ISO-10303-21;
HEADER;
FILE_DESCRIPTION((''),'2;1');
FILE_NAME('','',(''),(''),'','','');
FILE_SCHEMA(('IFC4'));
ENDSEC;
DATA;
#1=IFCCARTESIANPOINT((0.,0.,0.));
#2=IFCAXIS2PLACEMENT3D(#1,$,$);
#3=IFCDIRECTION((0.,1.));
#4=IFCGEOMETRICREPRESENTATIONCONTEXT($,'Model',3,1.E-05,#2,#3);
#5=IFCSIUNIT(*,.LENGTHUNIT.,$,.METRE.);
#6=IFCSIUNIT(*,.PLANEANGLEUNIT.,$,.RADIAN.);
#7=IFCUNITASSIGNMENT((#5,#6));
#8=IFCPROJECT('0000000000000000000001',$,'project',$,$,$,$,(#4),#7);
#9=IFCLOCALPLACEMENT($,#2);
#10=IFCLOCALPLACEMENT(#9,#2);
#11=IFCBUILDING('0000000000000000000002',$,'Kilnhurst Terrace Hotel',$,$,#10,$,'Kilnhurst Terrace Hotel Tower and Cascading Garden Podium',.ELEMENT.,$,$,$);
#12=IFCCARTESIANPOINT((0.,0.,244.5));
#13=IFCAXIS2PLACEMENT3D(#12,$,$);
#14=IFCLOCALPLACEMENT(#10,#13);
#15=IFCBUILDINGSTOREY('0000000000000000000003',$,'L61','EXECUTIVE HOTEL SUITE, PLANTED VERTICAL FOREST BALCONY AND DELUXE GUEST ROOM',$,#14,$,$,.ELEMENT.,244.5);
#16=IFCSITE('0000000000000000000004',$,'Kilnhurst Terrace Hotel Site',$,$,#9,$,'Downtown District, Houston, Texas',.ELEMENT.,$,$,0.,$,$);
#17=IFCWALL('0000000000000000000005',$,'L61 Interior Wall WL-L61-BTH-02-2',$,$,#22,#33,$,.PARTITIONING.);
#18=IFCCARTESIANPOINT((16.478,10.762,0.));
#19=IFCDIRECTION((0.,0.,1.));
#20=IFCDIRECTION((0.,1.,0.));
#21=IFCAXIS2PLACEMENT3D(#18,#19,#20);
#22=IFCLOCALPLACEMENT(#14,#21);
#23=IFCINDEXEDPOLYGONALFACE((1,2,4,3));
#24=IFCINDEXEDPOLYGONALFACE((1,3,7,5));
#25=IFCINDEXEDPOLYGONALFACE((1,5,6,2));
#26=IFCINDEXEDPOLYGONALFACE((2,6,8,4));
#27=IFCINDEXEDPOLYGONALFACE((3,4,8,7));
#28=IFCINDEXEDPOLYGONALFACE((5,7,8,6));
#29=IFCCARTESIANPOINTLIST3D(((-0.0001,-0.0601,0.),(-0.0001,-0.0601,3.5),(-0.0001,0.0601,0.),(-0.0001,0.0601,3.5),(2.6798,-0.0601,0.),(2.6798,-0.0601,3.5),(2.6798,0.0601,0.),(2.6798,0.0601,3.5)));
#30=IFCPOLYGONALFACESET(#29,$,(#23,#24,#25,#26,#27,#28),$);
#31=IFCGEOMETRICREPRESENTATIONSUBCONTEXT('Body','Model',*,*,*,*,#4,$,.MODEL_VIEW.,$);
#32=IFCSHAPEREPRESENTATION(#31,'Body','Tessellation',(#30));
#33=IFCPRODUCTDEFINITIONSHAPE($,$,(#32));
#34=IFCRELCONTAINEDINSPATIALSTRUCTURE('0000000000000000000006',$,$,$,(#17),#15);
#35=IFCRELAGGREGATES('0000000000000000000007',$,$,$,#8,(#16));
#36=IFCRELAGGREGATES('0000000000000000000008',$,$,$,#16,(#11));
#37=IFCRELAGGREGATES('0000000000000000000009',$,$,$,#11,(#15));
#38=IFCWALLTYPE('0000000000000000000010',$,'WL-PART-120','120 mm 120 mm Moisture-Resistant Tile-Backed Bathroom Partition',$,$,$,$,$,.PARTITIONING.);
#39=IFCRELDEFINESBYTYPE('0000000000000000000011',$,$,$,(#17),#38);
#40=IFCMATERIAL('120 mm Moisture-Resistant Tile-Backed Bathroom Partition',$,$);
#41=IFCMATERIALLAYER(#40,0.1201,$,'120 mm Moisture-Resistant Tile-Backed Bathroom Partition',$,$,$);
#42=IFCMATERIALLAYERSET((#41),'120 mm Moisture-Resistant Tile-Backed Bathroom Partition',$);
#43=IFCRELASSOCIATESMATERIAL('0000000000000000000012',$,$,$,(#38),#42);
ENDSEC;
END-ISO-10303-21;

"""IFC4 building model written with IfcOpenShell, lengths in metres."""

from ifc_helpers import new_model, si_unit, direction, frame, frame_2d, origin, place, context, subcontext, project, spatial, rectangle, extrude, material, layer, layer_set, type_object, element, save


model = new_model("IFC4")

# Units and contexts
model_context = context("Model", 3, precision=1e-05, world=origin(), true_north=direction((0.0, 1.0)))
body_context = subcontext(model_context, "Body", "Model", "MODEL_VIEW")
ifc_project = project(units=[si_unit("LENGTHUNIT", "METRE"), si_unit("PLANEANGLEUNIT", "RADIAN")], contexts=[model_context])

# Site, building, storey
site_placement = place(None, origin())
site = spatial("IfcSite", under=ifc_project, at=site_placement, Name="Kilnhurst Terrace Hotel Site", LongName="Downtown District, Houston, Texas", CompositionType="ELEMENT", RefElevation=0.0)
building_placement = place(site_placement, origin())
building = spatial("IfcBuilding", under=site, at=building_placement, Name="Kilnhurst Terrace Hotel", LongName="Kilnhurst Terrace Hotel Tower and Cascading Garden Podium", CompositionType="ELEMENT")
storey_placement = place(building_placement, frame((0.0, 0.0, 244.5)))
storey = spatial("IfcBuildingStorey", under=building, at=storey_placement, Name="L61", Description="EXECUTIVE HOTEL SUITE, PLANTED VERTICAL FOREST BALCONY AND DELUXE GUEST ROOM", CompositionType="ELEMENT", Elevation=244.5)

# Shared definitions
ifc_material_1 = material(Name="120 mm Moisture-Resistant Tile-Backed Bathroom Partition")
ifc_layer_1 = layer(ifc_material_1, 0.1201, Name="120 mm Moisture-Resistant Tile-Backed Bathroom Partition")
ifc_layer_set_1 = layer_set([ifc_layer_1], Name="120 mm Moisture-Resistant Tile-Backed Bathroom Partition")
wall_type_1 = type_object("IfcWallType", Name="WL-PART-120", Description="120 mm 120 mm Moisture-Resistant Tile-Backed Bathroom Partition", PredefinedType="PARTITIONING", material=ifc_layer_set_1)

# Wall
wall_1_placement = place(storey_placement, frame((16.478, 10.762, 0.0), z_axis=(0.0, 0.0, 1.0), x_axis=(0.0, 1.0, 0.0)))
element("IfcWall", 1, at=wall_1_placement, inside=storey, type_object=wall_type_1, Name="L61 Interior Wall WL-L61-BTH-02-2", PredefinedType="PARTITIONING", context=body_context, shape_type="SweptSolid", body=[
    extrude(rectangle(XDim=2.6799, YDim=0.1201, at=frame_2d((1.3398, 0.0))), origin(), (0.0, 0.0, 1.0), 3.5),
])

save(model, "model.ifc")
